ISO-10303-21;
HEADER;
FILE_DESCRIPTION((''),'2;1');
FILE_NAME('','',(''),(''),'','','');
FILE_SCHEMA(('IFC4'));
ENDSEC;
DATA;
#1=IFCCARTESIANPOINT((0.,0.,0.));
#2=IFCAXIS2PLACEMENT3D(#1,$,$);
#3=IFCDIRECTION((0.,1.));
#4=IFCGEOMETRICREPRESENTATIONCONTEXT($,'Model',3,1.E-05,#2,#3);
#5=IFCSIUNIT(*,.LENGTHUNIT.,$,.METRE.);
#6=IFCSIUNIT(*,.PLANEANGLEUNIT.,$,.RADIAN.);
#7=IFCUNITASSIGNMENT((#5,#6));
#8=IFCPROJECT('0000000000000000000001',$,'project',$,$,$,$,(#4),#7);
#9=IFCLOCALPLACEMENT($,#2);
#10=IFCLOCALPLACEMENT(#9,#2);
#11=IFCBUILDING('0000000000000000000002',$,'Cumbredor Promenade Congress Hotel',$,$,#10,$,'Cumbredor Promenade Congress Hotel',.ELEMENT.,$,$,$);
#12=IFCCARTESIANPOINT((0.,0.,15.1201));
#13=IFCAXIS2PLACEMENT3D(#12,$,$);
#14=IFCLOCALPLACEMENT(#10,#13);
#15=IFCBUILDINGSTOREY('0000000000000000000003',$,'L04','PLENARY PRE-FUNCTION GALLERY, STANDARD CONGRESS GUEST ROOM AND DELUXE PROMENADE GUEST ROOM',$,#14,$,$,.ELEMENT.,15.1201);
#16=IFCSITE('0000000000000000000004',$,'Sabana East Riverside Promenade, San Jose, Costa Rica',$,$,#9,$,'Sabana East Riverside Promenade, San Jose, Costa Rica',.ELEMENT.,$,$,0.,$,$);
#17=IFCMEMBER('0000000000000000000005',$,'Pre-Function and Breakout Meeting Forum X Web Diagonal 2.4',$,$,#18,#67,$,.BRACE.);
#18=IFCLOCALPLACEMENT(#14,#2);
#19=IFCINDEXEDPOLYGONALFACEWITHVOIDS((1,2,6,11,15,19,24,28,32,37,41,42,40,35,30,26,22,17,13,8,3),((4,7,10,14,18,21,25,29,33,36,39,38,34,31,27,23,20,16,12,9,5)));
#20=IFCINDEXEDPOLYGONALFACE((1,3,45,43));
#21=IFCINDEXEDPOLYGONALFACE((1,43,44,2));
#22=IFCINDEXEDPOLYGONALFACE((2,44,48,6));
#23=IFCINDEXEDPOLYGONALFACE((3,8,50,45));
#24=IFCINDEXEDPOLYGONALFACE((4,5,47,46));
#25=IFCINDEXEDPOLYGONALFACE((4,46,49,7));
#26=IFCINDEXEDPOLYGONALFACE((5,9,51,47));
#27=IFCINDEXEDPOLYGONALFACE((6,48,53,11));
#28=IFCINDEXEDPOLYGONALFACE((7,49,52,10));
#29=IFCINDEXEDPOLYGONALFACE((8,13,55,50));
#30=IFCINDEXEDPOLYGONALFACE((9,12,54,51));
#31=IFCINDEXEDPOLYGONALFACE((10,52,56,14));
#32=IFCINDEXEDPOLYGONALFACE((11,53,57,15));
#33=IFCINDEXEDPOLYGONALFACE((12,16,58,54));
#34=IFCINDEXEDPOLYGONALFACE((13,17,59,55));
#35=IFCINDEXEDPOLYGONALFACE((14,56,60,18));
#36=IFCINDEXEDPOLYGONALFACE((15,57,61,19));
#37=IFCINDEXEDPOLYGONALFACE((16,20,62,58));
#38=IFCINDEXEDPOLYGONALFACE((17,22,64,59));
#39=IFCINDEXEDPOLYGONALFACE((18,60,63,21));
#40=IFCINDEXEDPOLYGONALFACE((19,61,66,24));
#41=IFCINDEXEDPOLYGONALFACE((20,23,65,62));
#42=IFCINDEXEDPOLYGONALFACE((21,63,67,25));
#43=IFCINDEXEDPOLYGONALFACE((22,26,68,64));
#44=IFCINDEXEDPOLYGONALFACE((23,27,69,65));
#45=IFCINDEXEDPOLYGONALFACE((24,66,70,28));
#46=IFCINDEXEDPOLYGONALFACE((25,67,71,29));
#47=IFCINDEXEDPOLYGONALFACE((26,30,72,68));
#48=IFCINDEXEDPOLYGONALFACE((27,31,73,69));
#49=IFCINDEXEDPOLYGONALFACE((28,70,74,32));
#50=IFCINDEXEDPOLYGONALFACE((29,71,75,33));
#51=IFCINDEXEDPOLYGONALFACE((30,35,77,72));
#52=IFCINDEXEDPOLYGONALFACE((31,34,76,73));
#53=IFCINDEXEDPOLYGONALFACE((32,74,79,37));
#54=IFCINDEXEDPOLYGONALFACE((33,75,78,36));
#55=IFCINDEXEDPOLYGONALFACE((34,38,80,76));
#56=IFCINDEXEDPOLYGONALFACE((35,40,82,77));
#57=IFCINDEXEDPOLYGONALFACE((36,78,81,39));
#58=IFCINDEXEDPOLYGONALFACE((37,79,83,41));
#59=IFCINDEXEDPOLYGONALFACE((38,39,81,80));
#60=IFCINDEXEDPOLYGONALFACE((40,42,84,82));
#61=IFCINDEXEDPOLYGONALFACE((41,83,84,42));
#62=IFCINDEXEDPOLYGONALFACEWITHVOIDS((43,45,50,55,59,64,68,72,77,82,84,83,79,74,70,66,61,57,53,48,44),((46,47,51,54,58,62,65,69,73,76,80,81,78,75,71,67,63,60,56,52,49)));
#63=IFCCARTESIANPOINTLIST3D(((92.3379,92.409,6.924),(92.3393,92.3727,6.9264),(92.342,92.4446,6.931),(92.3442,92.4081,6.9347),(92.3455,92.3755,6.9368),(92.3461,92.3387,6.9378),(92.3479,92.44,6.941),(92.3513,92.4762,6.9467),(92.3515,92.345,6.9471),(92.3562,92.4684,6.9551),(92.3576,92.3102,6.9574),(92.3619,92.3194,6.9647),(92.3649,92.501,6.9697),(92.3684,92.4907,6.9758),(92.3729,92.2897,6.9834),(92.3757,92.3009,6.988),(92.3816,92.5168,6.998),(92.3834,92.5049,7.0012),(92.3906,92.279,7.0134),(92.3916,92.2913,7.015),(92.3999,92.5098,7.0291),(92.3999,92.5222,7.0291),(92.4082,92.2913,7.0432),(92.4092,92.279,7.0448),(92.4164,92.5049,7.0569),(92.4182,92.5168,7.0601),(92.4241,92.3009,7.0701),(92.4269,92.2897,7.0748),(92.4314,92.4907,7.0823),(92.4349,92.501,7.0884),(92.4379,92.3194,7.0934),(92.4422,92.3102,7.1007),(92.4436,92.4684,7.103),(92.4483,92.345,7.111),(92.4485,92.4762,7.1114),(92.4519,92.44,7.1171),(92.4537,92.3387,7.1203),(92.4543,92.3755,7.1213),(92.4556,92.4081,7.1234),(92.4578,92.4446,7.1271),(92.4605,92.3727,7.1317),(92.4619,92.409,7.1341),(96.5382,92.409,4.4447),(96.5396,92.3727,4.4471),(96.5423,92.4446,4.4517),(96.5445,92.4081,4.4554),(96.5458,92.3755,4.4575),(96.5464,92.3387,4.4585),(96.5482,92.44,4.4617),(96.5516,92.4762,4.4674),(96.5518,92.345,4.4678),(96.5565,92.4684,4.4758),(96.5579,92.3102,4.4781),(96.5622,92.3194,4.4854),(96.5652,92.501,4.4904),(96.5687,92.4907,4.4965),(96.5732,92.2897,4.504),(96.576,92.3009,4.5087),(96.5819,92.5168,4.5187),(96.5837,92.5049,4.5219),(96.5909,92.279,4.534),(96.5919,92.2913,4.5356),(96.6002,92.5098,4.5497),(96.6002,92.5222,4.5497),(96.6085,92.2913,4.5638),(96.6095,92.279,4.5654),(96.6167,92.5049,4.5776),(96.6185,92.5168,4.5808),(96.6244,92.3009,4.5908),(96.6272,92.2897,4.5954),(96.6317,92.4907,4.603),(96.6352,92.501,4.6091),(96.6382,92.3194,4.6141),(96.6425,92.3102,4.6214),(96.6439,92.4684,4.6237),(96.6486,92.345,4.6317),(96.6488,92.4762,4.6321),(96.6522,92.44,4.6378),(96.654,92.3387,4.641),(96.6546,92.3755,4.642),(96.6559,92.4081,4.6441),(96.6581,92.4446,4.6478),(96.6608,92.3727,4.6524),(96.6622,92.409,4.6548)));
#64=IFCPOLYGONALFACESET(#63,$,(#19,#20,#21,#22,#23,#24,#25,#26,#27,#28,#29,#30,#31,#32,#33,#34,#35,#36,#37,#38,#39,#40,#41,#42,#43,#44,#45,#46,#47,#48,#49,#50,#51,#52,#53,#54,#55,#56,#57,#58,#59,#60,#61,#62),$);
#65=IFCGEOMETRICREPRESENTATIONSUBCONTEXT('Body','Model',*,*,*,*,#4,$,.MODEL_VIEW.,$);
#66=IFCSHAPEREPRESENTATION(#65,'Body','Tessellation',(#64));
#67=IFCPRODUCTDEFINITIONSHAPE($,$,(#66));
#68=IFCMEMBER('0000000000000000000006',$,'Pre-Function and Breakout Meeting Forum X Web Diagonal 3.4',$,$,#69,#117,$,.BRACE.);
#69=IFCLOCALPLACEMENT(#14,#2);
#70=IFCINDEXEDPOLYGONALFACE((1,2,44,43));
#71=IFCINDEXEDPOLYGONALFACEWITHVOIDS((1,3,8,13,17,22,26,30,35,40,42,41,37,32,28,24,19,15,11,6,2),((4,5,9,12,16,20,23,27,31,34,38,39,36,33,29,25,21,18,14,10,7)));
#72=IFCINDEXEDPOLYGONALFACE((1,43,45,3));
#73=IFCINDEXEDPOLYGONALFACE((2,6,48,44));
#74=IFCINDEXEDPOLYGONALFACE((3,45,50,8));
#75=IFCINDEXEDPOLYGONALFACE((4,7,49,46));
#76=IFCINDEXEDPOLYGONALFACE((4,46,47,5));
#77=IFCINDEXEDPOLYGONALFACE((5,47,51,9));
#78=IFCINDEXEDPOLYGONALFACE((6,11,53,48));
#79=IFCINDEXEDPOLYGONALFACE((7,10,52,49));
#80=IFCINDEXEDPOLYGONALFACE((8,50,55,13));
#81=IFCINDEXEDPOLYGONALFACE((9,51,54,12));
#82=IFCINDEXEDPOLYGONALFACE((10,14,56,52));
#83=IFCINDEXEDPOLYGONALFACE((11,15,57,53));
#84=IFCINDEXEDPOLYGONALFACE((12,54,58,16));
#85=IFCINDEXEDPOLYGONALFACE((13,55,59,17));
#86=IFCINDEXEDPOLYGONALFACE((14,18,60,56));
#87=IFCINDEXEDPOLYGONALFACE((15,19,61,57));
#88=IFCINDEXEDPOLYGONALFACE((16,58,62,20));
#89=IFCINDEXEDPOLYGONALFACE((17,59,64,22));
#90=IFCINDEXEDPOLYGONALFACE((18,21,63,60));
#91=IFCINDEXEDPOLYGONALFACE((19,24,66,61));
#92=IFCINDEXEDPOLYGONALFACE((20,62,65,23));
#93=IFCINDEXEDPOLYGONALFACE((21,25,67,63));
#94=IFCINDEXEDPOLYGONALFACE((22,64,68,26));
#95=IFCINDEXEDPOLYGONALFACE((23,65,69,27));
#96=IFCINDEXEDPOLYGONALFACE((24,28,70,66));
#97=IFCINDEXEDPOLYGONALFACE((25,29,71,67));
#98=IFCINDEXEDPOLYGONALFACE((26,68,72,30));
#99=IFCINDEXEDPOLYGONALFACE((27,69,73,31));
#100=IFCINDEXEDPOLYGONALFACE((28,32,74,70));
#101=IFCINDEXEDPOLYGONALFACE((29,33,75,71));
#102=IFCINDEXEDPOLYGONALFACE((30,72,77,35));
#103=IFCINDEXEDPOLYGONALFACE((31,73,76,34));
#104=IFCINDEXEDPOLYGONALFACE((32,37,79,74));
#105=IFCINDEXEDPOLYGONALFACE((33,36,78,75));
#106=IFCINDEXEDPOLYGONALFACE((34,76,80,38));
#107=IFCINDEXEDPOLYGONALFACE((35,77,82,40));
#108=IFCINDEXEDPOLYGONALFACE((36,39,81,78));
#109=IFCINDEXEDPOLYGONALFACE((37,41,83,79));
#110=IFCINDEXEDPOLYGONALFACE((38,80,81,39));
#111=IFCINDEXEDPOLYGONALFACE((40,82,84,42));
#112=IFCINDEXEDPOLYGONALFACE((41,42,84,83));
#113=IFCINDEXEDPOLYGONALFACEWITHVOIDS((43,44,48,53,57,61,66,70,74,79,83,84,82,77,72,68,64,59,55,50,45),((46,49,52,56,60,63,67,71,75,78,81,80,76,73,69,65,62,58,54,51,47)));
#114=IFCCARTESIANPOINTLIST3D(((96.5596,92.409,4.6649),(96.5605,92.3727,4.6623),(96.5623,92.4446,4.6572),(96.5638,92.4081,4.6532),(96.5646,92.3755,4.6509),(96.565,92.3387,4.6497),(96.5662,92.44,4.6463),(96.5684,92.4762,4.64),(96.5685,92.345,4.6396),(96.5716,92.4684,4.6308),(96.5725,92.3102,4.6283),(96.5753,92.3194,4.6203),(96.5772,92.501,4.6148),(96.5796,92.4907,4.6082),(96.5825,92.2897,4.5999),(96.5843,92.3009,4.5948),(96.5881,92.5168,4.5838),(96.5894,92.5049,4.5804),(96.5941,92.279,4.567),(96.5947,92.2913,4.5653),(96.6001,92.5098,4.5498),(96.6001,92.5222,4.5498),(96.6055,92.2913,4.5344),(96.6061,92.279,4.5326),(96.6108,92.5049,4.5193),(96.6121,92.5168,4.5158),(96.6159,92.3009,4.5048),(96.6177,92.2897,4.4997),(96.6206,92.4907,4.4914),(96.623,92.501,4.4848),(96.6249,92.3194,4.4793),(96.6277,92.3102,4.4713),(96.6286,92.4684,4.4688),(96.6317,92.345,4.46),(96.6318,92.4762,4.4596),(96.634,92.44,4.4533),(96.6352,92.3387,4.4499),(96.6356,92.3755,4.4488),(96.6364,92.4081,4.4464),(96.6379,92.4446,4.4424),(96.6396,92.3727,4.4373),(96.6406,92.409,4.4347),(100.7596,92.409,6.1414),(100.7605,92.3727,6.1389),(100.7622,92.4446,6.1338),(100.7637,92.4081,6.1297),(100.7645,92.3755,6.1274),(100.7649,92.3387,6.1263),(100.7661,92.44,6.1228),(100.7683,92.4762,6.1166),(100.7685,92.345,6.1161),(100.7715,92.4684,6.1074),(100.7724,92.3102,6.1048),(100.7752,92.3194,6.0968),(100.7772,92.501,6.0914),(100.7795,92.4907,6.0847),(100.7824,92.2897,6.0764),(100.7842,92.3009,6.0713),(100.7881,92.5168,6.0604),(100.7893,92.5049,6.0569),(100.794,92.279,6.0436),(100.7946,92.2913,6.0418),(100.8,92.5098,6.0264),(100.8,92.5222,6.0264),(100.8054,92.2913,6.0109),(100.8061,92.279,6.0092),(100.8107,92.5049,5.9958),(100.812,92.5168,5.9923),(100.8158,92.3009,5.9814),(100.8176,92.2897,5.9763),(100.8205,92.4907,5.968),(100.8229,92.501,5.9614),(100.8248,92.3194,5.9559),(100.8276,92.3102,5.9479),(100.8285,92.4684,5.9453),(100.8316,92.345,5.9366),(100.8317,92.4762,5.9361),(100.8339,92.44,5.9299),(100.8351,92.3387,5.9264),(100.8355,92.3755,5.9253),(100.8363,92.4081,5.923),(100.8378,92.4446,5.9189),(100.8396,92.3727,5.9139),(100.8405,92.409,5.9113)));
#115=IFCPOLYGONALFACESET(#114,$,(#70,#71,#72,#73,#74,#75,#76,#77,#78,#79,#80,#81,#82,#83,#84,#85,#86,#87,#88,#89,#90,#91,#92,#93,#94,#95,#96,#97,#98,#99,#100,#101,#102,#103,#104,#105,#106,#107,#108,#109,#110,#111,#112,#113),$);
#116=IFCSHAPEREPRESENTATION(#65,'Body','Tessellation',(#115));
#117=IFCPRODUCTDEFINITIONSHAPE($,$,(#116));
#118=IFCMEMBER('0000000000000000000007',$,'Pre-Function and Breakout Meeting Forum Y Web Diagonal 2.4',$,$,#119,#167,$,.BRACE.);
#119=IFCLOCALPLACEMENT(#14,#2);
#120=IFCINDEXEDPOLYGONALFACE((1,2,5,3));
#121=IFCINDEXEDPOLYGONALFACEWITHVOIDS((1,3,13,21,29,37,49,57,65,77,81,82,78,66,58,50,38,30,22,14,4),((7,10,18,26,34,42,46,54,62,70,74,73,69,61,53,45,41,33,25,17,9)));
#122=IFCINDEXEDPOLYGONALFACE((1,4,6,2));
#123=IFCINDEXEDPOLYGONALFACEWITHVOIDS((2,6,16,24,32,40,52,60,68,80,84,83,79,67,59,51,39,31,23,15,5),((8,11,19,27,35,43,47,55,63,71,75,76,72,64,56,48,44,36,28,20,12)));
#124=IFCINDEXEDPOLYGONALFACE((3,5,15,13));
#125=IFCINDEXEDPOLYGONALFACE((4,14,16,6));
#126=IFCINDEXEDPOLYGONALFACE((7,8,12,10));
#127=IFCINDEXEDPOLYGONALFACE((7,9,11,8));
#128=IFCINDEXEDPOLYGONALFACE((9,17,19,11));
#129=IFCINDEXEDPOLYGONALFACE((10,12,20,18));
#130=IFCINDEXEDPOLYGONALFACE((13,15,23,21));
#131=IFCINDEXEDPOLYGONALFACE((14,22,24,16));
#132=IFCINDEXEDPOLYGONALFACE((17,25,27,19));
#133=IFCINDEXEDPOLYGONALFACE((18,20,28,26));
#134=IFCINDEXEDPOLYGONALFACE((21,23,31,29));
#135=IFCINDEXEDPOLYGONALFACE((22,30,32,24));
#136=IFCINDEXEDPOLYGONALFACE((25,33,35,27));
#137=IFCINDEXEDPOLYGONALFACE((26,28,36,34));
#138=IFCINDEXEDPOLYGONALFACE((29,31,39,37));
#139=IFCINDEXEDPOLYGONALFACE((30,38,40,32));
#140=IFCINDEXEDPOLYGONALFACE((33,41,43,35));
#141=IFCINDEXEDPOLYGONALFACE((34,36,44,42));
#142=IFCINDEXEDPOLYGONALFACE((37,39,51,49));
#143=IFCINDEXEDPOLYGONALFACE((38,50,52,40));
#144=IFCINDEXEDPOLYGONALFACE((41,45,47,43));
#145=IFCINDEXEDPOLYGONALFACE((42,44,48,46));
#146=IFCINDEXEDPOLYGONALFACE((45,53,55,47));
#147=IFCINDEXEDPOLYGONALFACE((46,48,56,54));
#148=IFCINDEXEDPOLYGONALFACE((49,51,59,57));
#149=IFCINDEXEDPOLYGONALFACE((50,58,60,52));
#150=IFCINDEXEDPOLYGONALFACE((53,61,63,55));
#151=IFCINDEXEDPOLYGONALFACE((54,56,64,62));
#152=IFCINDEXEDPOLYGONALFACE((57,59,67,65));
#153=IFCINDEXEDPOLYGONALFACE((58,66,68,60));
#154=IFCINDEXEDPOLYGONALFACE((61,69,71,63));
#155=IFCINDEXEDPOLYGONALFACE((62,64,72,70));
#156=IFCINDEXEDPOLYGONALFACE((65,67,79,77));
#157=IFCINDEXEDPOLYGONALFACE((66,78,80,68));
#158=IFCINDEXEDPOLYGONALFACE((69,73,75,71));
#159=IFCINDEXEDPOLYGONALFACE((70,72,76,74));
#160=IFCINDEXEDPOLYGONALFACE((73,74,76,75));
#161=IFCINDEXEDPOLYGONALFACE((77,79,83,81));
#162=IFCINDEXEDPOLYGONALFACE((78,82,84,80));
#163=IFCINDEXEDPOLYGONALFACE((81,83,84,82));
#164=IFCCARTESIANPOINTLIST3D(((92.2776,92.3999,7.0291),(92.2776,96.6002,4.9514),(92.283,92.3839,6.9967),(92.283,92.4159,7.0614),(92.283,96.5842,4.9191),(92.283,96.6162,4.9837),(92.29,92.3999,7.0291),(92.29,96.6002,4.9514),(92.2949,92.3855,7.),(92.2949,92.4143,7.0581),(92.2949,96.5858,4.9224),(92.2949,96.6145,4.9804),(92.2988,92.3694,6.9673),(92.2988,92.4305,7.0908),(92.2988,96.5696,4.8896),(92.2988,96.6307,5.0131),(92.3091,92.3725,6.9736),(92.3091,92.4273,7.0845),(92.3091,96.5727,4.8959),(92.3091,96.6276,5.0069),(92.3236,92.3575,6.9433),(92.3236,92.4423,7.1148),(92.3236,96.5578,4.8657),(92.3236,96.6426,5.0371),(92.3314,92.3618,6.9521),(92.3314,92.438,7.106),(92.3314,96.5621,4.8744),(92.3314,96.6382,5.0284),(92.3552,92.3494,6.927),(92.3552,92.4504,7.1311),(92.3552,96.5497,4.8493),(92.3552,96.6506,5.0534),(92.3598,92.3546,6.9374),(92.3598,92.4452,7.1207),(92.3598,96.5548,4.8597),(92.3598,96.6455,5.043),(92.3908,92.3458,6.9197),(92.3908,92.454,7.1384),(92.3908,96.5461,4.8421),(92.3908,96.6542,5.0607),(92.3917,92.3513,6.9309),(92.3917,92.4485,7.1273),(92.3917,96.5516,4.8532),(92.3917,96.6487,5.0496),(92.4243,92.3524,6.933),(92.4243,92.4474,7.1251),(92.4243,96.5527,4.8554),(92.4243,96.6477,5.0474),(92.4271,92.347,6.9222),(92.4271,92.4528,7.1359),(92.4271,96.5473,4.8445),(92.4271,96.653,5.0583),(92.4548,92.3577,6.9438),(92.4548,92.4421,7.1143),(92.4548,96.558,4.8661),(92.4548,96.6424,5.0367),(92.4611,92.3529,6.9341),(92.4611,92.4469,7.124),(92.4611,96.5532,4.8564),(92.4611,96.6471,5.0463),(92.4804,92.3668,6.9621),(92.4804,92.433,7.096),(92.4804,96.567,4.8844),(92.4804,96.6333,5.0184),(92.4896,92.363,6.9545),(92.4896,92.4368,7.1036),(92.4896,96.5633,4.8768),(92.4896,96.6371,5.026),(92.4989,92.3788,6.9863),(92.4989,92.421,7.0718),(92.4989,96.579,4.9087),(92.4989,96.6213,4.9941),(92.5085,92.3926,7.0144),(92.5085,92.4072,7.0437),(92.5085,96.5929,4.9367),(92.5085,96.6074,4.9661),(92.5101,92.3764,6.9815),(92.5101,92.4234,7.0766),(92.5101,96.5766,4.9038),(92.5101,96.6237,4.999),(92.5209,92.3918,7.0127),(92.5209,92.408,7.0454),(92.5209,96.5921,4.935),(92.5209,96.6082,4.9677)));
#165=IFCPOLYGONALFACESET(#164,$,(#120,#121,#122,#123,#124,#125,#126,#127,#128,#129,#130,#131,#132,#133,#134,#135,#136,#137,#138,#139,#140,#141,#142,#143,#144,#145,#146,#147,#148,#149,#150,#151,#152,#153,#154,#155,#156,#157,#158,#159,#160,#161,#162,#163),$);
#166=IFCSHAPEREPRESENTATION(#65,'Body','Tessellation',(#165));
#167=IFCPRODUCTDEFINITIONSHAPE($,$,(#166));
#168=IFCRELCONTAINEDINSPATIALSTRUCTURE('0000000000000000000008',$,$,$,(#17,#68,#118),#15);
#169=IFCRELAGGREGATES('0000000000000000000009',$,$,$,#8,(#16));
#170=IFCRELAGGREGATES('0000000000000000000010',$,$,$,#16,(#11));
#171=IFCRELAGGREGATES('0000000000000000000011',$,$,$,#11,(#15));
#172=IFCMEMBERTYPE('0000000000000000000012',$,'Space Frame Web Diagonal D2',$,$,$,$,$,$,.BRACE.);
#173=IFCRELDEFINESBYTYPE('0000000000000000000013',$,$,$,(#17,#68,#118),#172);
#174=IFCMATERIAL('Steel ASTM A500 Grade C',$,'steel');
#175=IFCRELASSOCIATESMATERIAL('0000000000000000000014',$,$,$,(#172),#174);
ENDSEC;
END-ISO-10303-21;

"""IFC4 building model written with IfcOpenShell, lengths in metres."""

from ifc_helpers import new_model, si_unit, direction, frame, origin, origin_2d, place, context, subcontext, project, spatial, hollow_circle, extrude, material, material_profile, profile_set, type_object, element, save


model = new_model("IFC4")

# Units and contexts
model_context = context("Model", 3, precision=1e-05, world=origin(), true_north=direction((0.0, 1.0)))
body_context = subcontext(model_context, "Body", "Model", "MODEL_VIEW")
ifc_project = project(units=[si_unit("LENGTHUNIT", "METRE"), si_unit("PLANEANGLEUNIT", "RADIAN")], contexts=[model_context])

# Site, building, storey
site_placement = place(None, origin())
site = spatial("IfcSite", under=ifc_project, at=site_placement, Name="Sabana East Riverside Promenade, San Jose, Costa Rica", LongName="Sabana East Riverside Promenade, San Jose, Costa Rica", CompositionType="ELEMENT", RefElevation=0.0)
building_placement = place(site_placement, origin())
building = spatial("IfcBuilding", under=site, at=building_placement, Name="Cumbredor Promenade Congress Hotel", LongName="Cumbredor Promenade Congress Hotel", CompositionType="ELEMENT")
storey_placement = place(building_placement, frame((0.0, 0.0, 15.1201)))
storey = spatial("IfcBuildingStorey", under=building, at=storey_placement, Name="L04", Description="PLENARY PRE-FUNCTION GALLERY, STANDARD CONGRESS GUEST ROOM AND DELUXE PROMENADE GUEST ROOM", CompositionType="ELEMENT", Elevation=15.1201)

# Members
ifc_material_1 = material(Name="Steel ASTM A500 Grade C", Category="steel")
ifc_material_profile_1 = material_profile(ifc_material_1, hollow_circle(Radius=0.1223, WallThickness=0.0125, at=origin_2d()), Name="CHS 244.5x12.5")
ifc_profile_set_1 = profile_set([ifc_material_profile_1], Name="Steel ASTM A500 Grade C")
member_type_1 = type_object("IfcMemberType", Name="Space Frame Web Diagonal D2", PredefinedType="BRACE", material=ifc_profile_set_1)
member_1_placement = place(storey_placement, frame((92.3999, 92.3999, 7.0291), z_axis=(0.861168, 0.0, -0.508321), x_axis=(0.0, 1.0, 0.0)))
element("IfcMember", 1, at=member_1_placement, inside=storey, type_object=member_type_1, Name="Pre-Function and Breakout Meeting Forum X Web Diagonal 2.4", PredefinedType="BRACE", context=body_context, shape_type="SweptSolid", body=[
    extrude(hollow_circle(Radius=0.1223, WallThickness=0.0125, at=origin_2d()), origin(), (0.0, 0.0, 1.0), 4.8774),
])
member_2_placement = place(storey_placement, frame((96.6001, 92.3999, 4.5498), z_axis=(0.943397, 0.0, 0.331667), x_axis=(0.0, 1.0, 0.0)))
element("IfcMember", 2, at=member_2_placement, inside=storey, type_object=member_type_1, Name="Pre-Function and Breakout Meeting Forum X Web Diagonal 3.4", PredefinedType="BRACE", context=body_context, shape_type="SweptSolid", body=[
    extrude(hollow_circle(Radius=0.1223, WallThickness=0.0125, at=origin_2d()), origin(), (0.0, 0.0, 1.0), 4.4519),
])
member_3_placement = place(storey_placement, frame((92.3999, 92.3999, 7.0291), z_axis=(0.0, 0.896336, -0.443375), x_axis=(-1.0, 0.0, 0.0)))
element("IfcMember", 3, at=member_3_placement, inside=storey, type_object=member_type_1, Name="Pre-Function and Breakout Meeting Forum Y Web Diagonal 2.4", PredefinedType="BRACE", context=body_context, shape_type="SweptSolid", body=[
    extrude(hollow_circle(Radius=0.1223, WallThickness=0.0125, at=origin_2d()), origin(), (0.0, 0.0, 1.0), 4.686),
])

save(model, "model.ifc")
